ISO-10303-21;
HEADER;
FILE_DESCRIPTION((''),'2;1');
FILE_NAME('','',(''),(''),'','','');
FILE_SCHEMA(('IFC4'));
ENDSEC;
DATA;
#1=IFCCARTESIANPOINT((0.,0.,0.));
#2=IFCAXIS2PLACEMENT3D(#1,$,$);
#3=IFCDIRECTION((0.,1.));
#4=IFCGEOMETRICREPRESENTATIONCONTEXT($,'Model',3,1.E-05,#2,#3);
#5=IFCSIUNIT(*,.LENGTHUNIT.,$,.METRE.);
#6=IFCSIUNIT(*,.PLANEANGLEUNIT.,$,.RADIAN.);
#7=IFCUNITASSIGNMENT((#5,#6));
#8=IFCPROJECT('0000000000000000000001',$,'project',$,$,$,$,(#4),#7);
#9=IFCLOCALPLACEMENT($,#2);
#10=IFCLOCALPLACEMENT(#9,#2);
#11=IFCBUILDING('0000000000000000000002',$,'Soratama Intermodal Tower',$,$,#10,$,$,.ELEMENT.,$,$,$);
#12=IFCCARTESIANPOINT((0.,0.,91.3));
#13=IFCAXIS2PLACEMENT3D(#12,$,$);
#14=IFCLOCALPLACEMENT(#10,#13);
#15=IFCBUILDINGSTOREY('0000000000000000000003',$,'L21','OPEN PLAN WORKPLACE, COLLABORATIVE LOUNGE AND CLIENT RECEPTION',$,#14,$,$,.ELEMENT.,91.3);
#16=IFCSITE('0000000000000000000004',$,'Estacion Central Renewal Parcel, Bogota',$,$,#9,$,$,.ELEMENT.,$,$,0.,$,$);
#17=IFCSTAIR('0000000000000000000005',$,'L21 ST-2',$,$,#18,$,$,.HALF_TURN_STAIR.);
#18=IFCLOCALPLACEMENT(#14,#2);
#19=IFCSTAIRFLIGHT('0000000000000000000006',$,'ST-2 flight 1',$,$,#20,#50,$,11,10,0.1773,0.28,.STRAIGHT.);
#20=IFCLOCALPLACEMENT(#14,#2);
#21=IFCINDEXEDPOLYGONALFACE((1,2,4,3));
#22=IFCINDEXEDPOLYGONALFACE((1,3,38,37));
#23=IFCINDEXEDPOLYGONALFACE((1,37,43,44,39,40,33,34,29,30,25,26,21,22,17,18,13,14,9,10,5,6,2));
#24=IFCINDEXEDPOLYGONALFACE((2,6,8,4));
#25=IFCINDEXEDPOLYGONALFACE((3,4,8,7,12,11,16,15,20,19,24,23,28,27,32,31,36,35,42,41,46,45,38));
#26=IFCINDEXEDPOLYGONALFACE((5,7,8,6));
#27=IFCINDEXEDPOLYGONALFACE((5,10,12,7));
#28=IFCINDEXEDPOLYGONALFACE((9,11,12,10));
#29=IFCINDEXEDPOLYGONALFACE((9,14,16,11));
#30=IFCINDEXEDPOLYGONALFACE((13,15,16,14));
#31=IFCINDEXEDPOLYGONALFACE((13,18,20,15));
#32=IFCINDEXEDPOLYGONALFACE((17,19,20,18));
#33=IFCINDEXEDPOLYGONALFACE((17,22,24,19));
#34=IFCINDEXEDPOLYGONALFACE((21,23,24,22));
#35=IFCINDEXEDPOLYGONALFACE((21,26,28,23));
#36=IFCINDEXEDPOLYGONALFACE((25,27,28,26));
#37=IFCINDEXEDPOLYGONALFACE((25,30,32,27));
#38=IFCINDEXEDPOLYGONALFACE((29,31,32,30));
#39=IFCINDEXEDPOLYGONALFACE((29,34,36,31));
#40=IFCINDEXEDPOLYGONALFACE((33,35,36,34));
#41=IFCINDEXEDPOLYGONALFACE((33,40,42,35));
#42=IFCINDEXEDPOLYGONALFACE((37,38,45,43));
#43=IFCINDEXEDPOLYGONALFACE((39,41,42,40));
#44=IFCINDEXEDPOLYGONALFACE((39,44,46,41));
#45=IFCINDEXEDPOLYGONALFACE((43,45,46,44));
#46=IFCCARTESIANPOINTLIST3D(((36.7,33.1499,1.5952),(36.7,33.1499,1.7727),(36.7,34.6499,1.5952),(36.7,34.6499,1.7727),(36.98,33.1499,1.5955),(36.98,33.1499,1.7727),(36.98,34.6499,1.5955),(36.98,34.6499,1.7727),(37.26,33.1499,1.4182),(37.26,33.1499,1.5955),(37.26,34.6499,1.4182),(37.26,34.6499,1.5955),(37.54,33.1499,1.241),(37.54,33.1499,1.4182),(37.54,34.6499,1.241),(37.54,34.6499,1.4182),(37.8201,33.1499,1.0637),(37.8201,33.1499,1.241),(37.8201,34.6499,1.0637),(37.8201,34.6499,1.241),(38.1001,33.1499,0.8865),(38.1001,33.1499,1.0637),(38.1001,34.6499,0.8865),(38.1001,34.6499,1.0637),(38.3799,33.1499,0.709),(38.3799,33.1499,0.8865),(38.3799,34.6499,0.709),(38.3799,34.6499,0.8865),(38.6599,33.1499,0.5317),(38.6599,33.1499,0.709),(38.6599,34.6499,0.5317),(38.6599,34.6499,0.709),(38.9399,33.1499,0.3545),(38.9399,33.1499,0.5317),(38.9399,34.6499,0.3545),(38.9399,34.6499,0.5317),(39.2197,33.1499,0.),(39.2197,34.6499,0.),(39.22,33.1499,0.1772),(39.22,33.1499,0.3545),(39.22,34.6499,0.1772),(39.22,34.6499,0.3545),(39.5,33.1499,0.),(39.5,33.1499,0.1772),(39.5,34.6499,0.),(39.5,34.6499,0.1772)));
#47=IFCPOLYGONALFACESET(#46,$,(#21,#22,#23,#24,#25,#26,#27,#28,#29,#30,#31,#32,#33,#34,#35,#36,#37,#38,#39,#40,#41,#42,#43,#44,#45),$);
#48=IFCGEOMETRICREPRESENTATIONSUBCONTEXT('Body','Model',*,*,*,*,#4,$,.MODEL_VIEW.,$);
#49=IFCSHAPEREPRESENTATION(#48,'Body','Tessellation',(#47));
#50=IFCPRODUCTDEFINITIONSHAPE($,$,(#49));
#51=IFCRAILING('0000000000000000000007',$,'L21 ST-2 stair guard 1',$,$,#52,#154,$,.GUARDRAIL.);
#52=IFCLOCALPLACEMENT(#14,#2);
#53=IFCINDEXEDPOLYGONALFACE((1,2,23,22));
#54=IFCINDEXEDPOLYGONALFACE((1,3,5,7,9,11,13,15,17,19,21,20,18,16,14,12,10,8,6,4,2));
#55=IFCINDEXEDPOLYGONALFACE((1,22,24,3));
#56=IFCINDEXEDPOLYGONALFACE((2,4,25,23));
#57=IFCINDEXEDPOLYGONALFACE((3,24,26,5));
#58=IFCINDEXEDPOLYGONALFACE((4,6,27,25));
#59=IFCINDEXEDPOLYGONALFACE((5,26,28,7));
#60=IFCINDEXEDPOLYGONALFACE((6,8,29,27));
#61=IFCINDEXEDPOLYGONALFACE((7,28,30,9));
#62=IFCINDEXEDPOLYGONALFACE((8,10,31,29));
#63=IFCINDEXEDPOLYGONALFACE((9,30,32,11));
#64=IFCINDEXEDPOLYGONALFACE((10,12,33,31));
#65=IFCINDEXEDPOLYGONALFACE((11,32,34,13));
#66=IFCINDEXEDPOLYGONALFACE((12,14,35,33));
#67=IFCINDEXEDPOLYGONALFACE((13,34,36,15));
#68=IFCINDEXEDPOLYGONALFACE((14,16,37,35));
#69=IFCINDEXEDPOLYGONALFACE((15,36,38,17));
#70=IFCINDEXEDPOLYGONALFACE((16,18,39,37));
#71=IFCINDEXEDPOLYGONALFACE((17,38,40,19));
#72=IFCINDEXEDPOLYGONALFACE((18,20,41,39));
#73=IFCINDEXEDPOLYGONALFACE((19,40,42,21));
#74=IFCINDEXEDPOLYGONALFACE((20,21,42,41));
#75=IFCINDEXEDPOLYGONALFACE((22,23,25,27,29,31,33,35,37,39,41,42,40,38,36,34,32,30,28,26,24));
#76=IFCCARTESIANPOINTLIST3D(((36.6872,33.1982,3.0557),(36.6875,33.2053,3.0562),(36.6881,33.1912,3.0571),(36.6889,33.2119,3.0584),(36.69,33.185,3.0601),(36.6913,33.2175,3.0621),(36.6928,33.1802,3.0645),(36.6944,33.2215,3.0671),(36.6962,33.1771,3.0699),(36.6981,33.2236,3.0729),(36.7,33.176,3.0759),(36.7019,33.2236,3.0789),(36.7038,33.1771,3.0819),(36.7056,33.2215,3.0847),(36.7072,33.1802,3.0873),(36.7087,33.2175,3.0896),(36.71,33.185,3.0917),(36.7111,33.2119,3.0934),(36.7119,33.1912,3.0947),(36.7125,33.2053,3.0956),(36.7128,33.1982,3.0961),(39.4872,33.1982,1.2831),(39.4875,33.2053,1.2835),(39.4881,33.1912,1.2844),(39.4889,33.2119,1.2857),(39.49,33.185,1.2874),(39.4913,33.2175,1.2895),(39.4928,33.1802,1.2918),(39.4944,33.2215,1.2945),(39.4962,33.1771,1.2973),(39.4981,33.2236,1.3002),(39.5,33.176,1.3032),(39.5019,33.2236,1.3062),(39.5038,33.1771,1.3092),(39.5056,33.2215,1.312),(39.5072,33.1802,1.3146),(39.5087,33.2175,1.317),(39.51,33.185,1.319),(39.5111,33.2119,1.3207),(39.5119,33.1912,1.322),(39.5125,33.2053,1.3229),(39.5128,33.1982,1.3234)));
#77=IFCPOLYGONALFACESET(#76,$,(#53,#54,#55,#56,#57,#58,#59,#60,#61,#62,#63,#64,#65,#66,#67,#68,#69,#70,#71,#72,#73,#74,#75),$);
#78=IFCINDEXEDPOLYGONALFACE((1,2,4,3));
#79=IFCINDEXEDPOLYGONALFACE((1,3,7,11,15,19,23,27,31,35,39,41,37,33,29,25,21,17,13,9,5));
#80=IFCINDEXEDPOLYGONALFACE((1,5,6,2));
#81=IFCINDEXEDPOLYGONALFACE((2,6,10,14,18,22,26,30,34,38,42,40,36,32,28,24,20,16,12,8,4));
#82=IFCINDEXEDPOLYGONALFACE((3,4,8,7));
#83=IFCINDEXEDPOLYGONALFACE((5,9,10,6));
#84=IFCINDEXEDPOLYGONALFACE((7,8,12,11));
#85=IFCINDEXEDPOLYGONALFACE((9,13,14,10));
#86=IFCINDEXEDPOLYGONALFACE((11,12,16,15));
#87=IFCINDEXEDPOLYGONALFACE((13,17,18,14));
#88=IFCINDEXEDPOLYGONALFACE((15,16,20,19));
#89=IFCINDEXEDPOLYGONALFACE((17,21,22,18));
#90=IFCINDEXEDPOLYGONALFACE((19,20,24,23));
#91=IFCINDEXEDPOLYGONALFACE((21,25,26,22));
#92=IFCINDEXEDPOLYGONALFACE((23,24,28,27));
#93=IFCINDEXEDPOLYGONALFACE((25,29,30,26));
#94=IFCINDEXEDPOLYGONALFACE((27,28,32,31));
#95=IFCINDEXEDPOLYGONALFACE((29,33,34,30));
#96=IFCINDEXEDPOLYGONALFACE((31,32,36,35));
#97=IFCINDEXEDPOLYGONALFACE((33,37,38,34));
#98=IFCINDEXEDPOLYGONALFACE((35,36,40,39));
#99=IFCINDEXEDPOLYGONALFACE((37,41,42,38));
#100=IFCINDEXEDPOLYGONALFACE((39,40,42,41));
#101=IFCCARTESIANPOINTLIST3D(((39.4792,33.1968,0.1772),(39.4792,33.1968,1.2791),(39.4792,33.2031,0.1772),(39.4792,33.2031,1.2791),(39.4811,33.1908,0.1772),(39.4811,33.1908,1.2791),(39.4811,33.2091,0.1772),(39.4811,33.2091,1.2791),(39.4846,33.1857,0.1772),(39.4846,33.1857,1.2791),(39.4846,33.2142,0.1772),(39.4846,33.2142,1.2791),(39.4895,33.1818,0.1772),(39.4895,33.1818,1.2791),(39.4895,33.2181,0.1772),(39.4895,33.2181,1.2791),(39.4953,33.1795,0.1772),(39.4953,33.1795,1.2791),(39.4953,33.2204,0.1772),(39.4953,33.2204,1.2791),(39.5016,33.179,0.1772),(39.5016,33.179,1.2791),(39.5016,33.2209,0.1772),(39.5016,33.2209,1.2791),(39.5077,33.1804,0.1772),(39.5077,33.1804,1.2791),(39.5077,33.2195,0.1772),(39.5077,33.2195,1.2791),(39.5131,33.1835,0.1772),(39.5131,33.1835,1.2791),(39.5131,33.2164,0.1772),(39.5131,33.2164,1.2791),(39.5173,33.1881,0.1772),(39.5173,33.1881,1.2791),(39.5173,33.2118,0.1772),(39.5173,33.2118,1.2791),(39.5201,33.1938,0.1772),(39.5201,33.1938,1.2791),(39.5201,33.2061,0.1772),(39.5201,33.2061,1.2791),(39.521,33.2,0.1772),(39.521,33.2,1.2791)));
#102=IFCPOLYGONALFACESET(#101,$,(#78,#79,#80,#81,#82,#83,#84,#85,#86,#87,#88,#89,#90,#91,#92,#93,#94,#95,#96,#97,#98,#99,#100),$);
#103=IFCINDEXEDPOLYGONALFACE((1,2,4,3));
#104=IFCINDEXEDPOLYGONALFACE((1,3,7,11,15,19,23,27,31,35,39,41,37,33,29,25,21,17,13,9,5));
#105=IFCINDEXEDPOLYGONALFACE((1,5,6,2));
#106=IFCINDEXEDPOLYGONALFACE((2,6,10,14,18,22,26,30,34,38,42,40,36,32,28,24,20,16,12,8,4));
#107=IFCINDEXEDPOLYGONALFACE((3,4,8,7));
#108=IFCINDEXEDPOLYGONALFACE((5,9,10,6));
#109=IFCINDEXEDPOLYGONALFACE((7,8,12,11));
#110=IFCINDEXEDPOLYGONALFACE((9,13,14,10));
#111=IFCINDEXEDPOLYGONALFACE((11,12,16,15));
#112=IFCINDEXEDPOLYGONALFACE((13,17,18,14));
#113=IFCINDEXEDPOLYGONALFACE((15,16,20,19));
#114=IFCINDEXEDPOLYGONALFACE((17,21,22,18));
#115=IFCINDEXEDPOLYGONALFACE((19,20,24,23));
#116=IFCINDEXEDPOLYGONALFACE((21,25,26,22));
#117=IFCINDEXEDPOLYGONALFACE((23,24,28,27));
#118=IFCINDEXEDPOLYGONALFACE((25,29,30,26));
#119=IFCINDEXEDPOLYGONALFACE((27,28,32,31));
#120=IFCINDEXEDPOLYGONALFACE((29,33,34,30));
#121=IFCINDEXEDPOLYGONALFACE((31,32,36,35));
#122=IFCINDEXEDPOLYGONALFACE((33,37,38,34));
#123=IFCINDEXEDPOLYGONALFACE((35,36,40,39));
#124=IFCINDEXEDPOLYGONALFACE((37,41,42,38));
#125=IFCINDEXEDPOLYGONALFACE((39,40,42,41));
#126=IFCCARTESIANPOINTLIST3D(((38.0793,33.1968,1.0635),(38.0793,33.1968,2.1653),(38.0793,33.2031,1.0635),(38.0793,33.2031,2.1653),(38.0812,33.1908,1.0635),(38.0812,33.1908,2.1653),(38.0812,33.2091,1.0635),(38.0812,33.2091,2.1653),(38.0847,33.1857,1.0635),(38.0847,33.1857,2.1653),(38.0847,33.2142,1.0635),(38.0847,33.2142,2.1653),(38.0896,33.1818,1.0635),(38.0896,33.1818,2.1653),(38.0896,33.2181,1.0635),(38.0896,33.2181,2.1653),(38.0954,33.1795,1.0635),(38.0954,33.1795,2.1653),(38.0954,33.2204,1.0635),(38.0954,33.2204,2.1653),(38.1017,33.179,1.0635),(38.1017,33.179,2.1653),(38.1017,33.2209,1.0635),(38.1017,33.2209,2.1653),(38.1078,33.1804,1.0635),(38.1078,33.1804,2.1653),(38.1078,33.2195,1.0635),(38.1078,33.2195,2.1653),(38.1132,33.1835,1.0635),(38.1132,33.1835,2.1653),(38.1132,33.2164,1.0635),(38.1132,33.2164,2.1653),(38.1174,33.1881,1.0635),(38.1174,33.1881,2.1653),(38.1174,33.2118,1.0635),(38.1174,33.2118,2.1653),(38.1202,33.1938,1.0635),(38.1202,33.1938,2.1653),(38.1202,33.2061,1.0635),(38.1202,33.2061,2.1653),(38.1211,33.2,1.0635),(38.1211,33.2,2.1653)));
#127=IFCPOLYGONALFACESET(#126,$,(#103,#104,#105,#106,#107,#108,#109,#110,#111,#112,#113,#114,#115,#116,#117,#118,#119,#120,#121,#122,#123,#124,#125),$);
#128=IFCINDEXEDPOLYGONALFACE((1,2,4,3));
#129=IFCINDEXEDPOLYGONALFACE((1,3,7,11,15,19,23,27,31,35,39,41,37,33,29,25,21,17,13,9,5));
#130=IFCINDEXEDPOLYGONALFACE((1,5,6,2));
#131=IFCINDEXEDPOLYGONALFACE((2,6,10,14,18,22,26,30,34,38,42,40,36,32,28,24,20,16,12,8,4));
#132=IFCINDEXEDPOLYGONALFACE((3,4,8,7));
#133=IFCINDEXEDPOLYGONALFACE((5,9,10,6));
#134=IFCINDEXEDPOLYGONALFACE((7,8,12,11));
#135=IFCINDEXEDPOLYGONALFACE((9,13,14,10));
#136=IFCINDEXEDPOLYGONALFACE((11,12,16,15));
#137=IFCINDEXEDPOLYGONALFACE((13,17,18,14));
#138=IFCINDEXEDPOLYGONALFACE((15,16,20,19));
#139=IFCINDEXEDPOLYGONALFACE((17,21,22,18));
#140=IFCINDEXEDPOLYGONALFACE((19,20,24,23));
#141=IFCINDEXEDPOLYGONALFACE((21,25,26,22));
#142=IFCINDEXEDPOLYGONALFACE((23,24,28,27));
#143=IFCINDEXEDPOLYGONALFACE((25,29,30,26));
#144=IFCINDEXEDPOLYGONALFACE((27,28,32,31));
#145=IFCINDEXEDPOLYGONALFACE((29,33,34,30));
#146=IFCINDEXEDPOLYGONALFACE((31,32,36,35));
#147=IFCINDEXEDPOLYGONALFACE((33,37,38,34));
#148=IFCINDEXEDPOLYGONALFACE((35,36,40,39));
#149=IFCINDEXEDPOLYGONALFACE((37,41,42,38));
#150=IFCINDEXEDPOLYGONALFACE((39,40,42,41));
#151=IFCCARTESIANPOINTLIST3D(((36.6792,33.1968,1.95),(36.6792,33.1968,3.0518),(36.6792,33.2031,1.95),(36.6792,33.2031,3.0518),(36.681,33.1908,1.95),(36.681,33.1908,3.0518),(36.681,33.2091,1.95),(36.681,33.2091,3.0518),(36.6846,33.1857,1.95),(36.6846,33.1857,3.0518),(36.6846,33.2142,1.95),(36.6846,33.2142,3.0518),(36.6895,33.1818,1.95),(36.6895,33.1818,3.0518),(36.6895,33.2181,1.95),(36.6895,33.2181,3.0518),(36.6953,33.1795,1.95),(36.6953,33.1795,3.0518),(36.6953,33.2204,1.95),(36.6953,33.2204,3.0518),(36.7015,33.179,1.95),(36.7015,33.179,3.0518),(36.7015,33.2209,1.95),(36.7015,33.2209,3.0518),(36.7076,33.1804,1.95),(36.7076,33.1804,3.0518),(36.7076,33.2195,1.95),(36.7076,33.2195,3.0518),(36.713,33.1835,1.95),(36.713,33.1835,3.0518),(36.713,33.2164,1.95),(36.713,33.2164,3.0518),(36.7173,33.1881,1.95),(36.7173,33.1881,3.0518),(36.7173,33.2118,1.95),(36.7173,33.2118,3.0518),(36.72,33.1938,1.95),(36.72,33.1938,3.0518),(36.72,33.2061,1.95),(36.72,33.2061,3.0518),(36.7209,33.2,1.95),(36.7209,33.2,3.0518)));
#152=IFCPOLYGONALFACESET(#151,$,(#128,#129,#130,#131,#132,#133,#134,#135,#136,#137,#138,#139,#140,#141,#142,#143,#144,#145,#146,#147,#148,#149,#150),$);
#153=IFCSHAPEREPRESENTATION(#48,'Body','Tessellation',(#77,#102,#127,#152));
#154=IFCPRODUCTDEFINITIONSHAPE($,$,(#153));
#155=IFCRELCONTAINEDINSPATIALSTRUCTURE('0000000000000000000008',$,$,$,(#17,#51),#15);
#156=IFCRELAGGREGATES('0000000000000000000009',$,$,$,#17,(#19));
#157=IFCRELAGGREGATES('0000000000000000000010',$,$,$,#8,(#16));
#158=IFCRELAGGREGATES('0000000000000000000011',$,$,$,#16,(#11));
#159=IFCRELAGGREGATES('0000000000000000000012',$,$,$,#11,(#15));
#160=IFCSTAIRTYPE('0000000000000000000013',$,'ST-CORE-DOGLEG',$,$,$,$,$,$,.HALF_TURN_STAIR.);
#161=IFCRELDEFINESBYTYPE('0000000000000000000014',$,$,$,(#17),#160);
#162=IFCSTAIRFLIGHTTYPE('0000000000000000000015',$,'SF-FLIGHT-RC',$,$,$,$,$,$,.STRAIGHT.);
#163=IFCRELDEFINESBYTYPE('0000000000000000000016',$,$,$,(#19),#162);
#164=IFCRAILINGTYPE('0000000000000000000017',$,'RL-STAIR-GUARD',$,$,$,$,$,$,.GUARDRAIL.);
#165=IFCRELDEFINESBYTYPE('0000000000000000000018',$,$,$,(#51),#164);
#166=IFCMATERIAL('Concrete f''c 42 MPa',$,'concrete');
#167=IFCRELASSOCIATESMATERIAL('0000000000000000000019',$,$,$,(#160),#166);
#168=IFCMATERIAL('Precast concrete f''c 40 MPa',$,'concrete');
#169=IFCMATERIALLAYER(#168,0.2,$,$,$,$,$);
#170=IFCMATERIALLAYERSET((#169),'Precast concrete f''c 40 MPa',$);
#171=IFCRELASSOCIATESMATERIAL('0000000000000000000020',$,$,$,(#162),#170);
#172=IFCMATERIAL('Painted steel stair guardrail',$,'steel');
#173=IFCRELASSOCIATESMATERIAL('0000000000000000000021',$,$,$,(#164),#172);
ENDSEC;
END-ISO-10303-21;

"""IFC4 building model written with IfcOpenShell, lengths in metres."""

from ifc_helpers import new_model, si_unit, direction, frame, origin, origin_2d, place, context, subcontext, project, spatial, polyline, circle, outline, extrude, material, layer, layer_set, type_object, element, aggregate, save


model = new_model("IFC4")

# Units and contexts
model_context = context("Model", 3, precision=1e-05, world=origin(), true_north=direction((0.0, 1.0)))
body_context = subcontext(model_context, "Body", "Model", "MODEL_VIEW")
ifc_project = project(units=[si_unit("LENGTHUNIT", "METRE"), si_unit("PLANEANGLEUNIT", "RADIAN")], contexts=[model_context])

# Site, building, storey
site_placement = place(None, origin())
site = spatial("IfcSite", under=ifc_project, at=site_placement, Name="Estacion Central Renewal Parcel, Bogota", CompositionType="ELEMENT", RefElevation=0.0)
building_placement = place(site_placement, origin())
building = spatial("IfcBuilding", under=site, at=building_placement, Name="Soratama Intermodal Tower", CompositionType="ELEMENT")
storey_placement = place(building_placement, frame((0.0, 0.0, 91.3)))
storey = spatial("IfcBuildingStorey", under=building, at=storey_placement, Name="L21", Description="OPEN PLAN WORKPLACE, COLLABORATIVE LOUNGE AND CLIENT RECEPTION", CompositionType="ELEMENT", Elevation=91.3)

# Stair, stair flight
ifc_material_1 = material(Name="Concrete f'c 42 MPa", Category="concrete")
stair_type = type_object("IfcStairType", Name="ST-CORE-DOGLEG", PredefinedType="HALF_TURN_STAIR", material=ifc_material_1)
stair_placement = place(storey_placement, origin())
stair = element("IfcStair", 1, at=stair_placement, inside=storey, type_object=stair_type, Name="L21 ST-2", PredefinedType="HALF_TURN_STAIR")
ifc_material_2 = material(Name="Precast concrete f'c 40 MPa", Category="concrete")
ifc_layer_1 = layer(ifc_material_2, 0.2)
ifc_layer_set_1 = layer_set([ifc_layer_1], Name="Precast concrete f'c 40 MPa")
stair_flight_type = type_object("IfcStairFlightType", Name="SF-FLIGHT-RC", PredefinedType="STRAIGHT", material=ifc_layer_set_1)
stair_flight_placement = place(storey_placement, frame((39.5, 33.8999, 0.0), z_axis=(0.0, 0.0, 1.0), x_axis=(-1.0, 0.0, 0.0)))
stair_flight = element("IfcStairFlight", 2, at=stair_flight_placement, type_object=stair_flight_type, Name="ST-2 flight 1", NumberOfRisers=11, NumberOfTreads=10, PredefinedType="STRAIGHT", RiserHeight=0.1773, TreadLength=0.28, context=body_context, shape_type="SweptSolid", body=[
    extrude(outline(polyline([(0.0, 0.0), (0.0, 0.1772), (0.28, 0.1772), (0.28, 0.3545), (0.5601, 0.3545), (0.5601, 0.5317), (0.8401, 0.5317), (0.8401, 0.709), (1.1201, 0.709), (1.1201, 0.8865), (1.3999, 0.8865), (1.3999, 1.0637), (1.6799, 1.0637), (1.6799, 1.241), (1.96, 1.241), (1.96, 1.4182), (2.24, 1.4182), (2.24, 1.5955), (2.52, 1.5955), (2.52, 1.7727), (2.8, 1.7727), (2.8, 1.95), (2.8, 1.5952), (0.2803, 0.0), (0.0, 0.0)])), frame((0.0, 0.75, 0.0), z_axis=(0.0, -1.0, 0.0), x_axis=(1.0, 0.0, 0.0)), (0.0, 0.0, 1.0), 1.5),
])
aggregate(stair, [stair_flight])

# Railing
ifc_material_3 = material(Name="Painted steel stair guardrail", Category="steel")
railing_type_1 = type_object("IfcRailingType", Name="RL-STAIR-GUARD", PredefinedType="GUARDRAIL", material=ifc_material_3)
railing_1_placement = place(storey_placement, frame((39.5, 33.2, 0.1772)))
element("IfcRailing", 3, at=railing_1_placement, inside=storey, type_object=railing_type_1, Name="L21 ST-2 stair guard 1", PredefinedType="GUARDRAIL", context=body_context, shape_type="SweptSolid", body=[
    extrude(circle(Radius=0.0239, at=origin_2d()), frame((0.0, 0.0, 1.126), z_axis=(-0.844909, 0.0, 0.53491), x_axis=(0.0, -1.0, 0.0)), (0.0, 0.0, 1.0), 3.314),
    extrude(circle(Radius=0.021, at=origin_2d()), origin(), (0.0, 0.0, 1.0), 1.1018),
    extrude(circle(Radius=0.021, at=origin_2d()), frame((-1.3999, 0.0, 0.8862)), (0.0, 0.0, 1.0), 1.1018),
    extrude(circle(Radius=0.021, at=origin_2d()), frame((-2.8, 0.0, 1.7727)), (0.0, 0.0, 1.0), 1.1018),
])

save(model, "model.ifc")
